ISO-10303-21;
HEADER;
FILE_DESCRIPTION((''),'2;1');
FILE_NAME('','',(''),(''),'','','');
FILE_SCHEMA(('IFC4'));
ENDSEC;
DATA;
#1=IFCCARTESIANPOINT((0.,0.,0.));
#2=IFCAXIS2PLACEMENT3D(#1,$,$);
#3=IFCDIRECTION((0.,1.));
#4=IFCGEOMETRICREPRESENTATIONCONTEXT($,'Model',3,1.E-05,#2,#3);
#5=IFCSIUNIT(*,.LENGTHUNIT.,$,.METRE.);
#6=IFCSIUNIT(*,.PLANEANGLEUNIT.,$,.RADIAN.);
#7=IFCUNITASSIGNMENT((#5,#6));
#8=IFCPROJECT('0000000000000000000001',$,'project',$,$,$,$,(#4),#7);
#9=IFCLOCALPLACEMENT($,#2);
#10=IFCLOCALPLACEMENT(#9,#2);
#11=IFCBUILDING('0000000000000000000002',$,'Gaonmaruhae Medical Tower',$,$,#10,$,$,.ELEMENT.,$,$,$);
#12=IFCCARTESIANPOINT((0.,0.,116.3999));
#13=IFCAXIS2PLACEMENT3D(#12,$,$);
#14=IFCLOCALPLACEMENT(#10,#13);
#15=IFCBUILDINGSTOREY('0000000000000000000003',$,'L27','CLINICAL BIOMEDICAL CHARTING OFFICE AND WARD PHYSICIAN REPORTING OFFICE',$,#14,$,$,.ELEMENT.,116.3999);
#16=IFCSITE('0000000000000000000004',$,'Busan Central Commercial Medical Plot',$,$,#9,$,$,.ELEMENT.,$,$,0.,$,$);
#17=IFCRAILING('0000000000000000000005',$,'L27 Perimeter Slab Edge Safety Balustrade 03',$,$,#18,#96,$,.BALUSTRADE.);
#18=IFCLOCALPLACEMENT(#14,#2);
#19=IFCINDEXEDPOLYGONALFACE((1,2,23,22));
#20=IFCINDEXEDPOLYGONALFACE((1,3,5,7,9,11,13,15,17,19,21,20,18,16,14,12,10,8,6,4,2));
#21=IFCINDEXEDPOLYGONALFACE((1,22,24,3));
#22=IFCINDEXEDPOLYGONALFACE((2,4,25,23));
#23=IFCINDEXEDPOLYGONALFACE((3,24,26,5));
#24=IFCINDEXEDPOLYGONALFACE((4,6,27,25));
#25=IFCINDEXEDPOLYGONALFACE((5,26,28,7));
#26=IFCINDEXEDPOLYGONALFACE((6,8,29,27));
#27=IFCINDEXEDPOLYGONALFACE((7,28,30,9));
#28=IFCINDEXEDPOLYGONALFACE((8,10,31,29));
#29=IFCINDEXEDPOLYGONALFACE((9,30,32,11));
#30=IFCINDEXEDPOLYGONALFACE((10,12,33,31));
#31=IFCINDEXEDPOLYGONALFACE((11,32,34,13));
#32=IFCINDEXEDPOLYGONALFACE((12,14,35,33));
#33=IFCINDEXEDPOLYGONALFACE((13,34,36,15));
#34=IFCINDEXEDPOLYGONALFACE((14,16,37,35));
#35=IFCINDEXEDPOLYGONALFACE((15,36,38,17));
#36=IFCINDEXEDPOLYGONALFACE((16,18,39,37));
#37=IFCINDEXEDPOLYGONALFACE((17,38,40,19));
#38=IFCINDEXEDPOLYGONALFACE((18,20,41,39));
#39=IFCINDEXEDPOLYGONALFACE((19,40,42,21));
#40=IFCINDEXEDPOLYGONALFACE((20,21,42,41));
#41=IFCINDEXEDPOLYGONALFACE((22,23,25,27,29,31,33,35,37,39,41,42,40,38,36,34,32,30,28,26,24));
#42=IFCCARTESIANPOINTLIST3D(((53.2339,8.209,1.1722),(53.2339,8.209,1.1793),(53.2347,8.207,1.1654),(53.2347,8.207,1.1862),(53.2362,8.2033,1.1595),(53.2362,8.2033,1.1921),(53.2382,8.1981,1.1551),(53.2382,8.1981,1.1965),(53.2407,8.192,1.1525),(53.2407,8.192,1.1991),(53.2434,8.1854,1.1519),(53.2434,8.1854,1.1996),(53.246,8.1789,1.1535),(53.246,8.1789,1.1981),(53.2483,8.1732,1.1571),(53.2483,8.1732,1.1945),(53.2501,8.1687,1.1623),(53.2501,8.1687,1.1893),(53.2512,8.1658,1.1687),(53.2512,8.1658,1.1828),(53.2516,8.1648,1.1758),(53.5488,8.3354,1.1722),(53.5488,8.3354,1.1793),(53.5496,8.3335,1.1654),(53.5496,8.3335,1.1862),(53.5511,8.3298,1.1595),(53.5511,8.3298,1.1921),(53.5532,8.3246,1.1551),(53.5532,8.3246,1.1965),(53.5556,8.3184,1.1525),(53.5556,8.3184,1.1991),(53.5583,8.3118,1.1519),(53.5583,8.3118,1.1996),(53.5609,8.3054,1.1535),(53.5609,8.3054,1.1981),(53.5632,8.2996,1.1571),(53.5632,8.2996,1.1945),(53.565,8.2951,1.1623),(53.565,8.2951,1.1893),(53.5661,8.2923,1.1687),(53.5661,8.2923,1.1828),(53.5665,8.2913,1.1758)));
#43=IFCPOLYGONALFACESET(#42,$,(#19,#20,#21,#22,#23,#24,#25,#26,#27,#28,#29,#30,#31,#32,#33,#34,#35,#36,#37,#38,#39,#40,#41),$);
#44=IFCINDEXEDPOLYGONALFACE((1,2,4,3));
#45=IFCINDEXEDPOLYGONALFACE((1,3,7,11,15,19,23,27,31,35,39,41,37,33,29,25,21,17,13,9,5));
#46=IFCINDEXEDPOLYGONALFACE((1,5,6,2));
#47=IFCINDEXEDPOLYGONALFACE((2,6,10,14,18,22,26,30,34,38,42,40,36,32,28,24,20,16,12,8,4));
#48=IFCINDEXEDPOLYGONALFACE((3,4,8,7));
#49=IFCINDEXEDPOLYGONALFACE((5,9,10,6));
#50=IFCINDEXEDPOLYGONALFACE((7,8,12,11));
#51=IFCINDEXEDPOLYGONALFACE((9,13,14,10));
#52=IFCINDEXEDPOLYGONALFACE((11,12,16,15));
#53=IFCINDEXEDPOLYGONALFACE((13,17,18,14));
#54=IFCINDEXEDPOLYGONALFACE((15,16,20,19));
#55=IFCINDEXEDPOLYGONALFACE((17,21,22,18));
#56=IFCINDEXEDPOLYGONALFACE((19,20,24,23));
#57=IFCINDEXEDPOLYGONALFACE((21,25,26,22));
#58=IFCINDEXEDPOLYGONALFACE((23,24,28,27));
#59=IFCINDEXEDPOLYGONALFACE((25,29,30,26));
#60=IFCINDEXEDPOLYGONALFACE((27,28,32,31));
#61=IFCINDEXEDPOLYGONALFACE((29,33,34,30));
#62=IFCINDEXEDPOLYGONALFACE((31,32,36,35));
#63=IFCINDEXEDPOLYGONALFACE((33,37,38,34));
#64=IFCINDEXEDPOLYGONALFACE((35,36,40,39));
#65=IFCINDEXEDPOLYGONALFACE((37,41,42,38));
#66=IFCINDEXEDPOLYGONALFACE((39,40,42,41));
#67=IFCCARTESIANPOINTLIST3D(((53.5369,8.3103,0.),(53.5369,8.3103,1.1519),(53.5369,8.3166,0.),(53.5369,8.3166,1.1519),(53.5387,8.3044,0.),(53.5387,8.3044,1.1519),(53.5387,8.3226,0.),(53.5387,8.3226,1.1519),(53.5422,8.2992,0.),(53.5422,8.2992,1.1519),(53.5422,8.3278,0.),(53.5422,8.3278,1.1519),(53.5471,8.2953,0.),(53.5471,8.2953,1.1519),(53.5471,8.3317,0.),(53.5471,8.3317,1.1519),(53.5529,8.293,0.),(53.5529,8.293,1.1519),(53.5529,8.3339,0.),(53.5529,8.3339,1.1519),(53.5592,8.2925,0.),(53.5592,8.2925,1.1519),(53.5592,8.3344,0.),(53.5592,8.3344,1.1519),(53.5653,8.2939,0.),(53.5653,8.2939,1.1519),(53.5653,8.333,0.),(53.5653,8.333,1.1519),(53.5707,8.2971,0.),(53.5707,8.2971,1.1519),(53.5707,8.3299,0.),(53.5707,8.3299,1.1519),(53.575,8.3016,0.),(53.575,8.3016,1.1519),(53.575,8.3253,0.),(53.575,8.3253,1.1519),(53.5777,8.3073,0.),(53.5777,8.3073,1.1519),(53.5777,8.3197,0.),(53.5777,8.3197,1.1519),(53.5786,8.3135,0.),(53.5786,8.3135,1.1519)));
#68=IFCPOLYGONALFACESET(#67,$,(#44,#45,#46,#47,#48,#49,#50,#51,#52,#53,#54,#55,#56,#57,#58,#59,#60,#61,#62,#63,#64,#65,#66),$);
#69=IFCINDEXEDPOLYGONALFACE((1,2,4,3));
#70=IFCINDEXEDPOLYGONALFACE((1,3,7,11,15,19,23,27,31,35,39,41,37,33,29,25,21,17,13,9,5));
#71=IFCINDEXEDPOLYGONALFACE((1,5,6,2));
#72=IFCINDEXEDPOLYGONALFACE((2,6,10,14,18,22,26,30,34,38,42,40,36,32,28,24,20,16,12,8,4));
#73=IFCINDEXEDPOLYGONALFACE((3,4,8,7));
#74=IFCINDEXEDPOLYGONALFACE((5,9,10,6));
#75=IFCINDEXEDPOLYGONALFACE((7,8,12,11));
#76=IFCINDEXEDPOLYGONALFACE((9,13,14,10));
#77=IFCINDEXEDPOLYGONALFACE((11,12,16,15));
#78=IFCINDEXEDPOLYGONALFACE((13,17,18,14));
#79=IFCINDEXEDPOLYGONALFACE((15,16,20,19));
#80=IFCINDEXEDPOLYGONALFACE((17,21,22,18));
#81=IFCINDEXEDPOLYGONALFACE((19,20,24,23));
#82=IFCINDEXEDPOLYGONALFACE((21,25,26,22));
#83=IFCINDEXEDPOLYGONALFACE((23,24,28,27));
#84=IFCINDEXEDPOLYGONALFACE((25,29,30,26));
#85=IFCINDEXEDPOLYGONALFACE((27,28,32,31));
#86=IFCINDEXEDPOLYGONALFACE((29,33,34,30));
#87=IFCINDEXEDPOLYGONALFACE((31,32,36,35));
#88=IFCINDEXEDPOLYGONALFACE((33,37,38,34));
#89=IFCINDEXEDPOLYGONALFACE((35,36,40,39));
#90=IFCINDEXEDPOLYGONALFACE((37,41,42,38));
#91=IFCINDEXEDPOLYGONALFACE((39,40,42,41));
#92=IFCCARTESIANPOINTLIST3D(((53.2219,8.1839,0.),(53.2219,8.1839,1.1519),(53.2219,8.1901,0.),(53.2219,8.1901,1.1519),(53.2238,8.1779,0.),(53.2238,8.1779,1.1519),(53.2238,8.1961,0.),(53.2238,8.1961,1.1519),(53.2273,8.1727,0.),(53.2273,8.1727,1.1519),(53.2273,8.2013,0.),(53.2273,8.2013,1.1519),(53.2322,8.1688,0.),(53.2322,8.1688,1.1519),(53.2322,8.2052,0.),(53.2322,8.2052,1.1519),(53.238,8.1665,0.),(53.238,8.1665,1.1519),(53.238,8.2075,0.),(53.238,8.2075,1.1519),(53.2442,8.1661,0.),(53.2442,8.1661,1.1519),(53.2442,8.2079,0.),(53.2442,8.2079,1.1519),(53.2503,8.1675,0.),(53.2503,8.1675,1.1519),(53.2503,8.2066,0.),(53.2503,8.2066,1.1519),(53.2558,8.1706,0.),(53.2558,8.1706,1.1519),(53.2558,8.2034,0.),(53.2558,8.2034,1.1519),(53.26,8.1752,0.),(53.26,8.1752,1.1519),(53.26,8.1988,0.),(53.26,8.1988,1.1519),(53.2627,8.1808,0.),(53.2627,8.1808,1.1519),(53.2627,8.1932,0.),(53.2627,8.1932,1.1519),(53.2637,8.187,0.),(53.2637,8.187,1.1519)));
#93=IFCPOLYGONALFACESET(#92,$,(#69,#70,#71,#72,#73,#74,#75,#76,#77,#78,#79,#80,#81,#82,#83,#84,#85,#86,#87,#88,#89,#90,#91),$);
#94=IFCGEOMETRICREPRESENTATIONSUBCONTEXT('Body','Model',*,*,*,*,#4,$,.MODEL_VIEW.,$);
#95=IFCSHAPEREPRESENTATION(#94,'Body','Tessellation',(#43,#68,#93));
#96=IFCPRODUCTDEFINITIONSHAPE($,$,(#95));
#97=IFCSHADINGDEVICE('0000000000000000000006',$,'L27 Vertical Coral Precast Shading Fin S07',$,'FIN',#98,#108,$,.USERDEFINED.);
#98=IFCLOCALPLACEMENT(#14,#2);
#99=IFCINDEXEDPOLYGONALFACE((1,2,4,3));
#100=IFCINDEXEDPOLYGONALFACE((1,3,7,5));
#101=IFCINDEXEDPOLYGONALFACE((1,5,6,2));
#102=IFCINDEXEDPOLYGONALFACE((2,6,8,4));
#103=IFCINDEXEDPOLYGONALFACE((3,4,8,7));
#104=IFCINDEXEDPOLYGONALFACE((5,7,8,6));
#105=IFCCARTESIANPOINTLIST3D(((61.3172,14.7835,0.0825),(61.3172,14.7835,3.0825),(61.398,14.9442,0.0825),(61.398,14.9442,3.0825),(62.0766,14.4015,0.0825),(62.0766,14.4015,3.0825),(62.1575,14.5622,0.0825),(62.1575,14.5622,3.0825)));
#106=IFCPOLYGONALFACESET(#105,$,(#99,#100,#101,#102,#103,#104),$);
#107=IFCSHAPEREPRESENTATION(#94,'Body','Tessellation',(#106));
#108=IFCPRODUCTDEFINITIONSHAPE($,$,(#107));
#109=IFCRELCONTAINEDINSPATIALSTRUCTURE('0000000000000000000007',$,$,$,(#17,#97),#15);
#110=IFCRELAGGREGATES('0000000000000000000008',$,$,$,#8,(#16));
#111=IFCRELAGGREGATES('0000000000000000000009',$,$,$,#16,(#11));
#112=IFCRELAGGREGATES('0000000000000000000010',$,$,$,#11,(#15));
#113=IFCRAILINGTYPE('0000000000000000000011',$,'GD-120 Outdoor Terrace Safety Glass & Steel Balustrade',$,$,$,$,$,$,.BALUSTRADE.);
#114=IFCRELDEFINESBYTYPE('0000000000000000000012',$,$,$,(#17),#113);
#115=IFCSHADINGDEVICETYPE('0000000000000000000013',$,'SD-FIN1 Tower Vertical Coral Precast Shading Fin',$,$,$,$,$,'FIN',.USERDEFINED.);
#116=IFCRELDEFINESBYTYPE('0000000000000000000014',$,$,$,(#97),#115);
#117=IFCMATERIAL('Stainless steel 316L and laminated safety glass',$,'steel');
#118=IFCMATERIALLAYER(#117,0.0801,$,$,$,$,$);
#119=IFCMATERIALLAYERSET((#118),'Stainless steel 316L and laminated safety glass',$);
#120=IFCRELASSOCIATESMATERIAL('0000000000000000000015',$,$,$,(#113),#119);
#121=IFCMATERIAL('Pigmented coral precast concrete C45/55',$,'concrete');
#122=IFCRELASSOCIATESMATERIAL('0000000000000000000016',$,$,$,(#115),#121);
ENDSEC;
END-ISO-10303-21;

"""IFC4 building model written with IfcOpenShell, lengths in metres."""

from ifc_helpers import new_model, si_unit, direction, frame, origin, origin_2d, place, context, subcontext, project, spatial, rectangle, circle, extrude, material, layer, layer_set, type_object, element, save


model = new_model("IFC4")

# Units and contexts
model_context = context("Model", 3, precision=1e-05, world=origin(), true_north=direction((0.0, 1.0)))
body_context = subcontext(model_context, "Body", "Model", "MODEL_VIEW")
ifc_project = project(units=[si_unit("LENGTHUNIT", "METRE"), si_unit("PLANEANGLEUNIT", "RADIAN")], contexts=[model_context])

# Site, building, storey
site_placement = place(None, origin())
site = spatial("IfcSite", under=ifc_project, at=site_placement, Name="Busan Central Commercial Medical Plot", CompositionType="ELEMENT", RefElevation=0.0)
building_placement = place(site_placement, origin())
building = spatial("IfcBuilding", under=site, at=building_placement, Name="Gaonmaruhae Medical Tower", CompositionType="ELEMENT")
storey_placement = place(building_placement, frame((0.0, 0.0, 116.3999)))
storey = spatial("IfcBuildingStorey", under=building, at=storey_placement, Name="L27", Description="CLINICAL BIOMEDICAL CHARTING OFFICE AND WARD PHYSICIAN REPORTING OFFICE", CompositionType="ELEMENT", Elevation=116.3999)

# Railing
ifc_material_1 = material(Name="Stainless steel 316L and laminated safety glass", Category="steel")
ifc_layer_1 = layer(ifc_material_1, 0.0801)
ifc_layer_set_1 = layer_set([ifc_layer_1], Name="Stainless steel 316L and laminated safety glass")
railing_type = type_object("IfcRailingType", Name="GD-120 Outdoor Terrace Safety Glass & Steel Balustrade", PredefinedType="BALUSTRADE", material=ifc_layer_set_1)
railing_placement = place(storey_placement, frame((53.5576, 8.3135, 0.0)))
element("IfcRailing", 1, at=railing_placement, inside=storey, type_object=railing_type, Name="L27 Perimeter Slab Edge Safety Balustrade 03", PredefinedType="BALUSTRADE", context=body_context, shape_type="SweptSolid", body=[
    extrude(circle(Radius=0.0239, at=origin_2d()), frame((0.0, 0.0, 1.1758), z_axis=(-0.92798, -0.372631, 0.0), x_axis=(0.372631, -0.92798, 0.0)), (0.0, 0.0, 1.0), 0.3394),
    extrude(circle(Radius=0.021, at=origin_2d()), origin(), (0.0, 0.0, 1.0), 1.1519),
    extrude(circle(Radius=0.021, at=origin_2d()), frame((-0.3149, -0.1265, 0.0)), (0.0, 0.0, 1.0), 1.1519),
])

# Shading device
ifc_material_2 = material(Name="Pigmented coral precast concrete C45/55", Category="concrete")
shading_device_type = type_object("IfcShadingDeviceType", Name="SD-FIN1 Tower Vertical Coral Precast Shading Fin", ElementType="FIN", PredefinedType="USERDEFINED", material=ifc_material_2)
shading_device_placement = place(storey_placement, frame((61.7373, 14.6729, 0.0825), z_axis=(0.0, 0.0, 1.0), x_axis=(-0.44935, -0.893356, 0.0)))
element("IfcShadingDevice", 2, at=shading_device_placement, inside=storey, type_object=shading_device_type, Name="L27 Vertical Coral Precast Shading Fin S07", ObjectType="FIN", PredefinedType="USERDEFINED", context=body_context, shape_type="SweptSolid", body=[
    extrude(rectangle(XDim=0.1799, YDim=0.8501, at=origin_2d()), origin(), (0.0, 0.0, 1.0), 3.0),
])

save(model, "model.ifc")
